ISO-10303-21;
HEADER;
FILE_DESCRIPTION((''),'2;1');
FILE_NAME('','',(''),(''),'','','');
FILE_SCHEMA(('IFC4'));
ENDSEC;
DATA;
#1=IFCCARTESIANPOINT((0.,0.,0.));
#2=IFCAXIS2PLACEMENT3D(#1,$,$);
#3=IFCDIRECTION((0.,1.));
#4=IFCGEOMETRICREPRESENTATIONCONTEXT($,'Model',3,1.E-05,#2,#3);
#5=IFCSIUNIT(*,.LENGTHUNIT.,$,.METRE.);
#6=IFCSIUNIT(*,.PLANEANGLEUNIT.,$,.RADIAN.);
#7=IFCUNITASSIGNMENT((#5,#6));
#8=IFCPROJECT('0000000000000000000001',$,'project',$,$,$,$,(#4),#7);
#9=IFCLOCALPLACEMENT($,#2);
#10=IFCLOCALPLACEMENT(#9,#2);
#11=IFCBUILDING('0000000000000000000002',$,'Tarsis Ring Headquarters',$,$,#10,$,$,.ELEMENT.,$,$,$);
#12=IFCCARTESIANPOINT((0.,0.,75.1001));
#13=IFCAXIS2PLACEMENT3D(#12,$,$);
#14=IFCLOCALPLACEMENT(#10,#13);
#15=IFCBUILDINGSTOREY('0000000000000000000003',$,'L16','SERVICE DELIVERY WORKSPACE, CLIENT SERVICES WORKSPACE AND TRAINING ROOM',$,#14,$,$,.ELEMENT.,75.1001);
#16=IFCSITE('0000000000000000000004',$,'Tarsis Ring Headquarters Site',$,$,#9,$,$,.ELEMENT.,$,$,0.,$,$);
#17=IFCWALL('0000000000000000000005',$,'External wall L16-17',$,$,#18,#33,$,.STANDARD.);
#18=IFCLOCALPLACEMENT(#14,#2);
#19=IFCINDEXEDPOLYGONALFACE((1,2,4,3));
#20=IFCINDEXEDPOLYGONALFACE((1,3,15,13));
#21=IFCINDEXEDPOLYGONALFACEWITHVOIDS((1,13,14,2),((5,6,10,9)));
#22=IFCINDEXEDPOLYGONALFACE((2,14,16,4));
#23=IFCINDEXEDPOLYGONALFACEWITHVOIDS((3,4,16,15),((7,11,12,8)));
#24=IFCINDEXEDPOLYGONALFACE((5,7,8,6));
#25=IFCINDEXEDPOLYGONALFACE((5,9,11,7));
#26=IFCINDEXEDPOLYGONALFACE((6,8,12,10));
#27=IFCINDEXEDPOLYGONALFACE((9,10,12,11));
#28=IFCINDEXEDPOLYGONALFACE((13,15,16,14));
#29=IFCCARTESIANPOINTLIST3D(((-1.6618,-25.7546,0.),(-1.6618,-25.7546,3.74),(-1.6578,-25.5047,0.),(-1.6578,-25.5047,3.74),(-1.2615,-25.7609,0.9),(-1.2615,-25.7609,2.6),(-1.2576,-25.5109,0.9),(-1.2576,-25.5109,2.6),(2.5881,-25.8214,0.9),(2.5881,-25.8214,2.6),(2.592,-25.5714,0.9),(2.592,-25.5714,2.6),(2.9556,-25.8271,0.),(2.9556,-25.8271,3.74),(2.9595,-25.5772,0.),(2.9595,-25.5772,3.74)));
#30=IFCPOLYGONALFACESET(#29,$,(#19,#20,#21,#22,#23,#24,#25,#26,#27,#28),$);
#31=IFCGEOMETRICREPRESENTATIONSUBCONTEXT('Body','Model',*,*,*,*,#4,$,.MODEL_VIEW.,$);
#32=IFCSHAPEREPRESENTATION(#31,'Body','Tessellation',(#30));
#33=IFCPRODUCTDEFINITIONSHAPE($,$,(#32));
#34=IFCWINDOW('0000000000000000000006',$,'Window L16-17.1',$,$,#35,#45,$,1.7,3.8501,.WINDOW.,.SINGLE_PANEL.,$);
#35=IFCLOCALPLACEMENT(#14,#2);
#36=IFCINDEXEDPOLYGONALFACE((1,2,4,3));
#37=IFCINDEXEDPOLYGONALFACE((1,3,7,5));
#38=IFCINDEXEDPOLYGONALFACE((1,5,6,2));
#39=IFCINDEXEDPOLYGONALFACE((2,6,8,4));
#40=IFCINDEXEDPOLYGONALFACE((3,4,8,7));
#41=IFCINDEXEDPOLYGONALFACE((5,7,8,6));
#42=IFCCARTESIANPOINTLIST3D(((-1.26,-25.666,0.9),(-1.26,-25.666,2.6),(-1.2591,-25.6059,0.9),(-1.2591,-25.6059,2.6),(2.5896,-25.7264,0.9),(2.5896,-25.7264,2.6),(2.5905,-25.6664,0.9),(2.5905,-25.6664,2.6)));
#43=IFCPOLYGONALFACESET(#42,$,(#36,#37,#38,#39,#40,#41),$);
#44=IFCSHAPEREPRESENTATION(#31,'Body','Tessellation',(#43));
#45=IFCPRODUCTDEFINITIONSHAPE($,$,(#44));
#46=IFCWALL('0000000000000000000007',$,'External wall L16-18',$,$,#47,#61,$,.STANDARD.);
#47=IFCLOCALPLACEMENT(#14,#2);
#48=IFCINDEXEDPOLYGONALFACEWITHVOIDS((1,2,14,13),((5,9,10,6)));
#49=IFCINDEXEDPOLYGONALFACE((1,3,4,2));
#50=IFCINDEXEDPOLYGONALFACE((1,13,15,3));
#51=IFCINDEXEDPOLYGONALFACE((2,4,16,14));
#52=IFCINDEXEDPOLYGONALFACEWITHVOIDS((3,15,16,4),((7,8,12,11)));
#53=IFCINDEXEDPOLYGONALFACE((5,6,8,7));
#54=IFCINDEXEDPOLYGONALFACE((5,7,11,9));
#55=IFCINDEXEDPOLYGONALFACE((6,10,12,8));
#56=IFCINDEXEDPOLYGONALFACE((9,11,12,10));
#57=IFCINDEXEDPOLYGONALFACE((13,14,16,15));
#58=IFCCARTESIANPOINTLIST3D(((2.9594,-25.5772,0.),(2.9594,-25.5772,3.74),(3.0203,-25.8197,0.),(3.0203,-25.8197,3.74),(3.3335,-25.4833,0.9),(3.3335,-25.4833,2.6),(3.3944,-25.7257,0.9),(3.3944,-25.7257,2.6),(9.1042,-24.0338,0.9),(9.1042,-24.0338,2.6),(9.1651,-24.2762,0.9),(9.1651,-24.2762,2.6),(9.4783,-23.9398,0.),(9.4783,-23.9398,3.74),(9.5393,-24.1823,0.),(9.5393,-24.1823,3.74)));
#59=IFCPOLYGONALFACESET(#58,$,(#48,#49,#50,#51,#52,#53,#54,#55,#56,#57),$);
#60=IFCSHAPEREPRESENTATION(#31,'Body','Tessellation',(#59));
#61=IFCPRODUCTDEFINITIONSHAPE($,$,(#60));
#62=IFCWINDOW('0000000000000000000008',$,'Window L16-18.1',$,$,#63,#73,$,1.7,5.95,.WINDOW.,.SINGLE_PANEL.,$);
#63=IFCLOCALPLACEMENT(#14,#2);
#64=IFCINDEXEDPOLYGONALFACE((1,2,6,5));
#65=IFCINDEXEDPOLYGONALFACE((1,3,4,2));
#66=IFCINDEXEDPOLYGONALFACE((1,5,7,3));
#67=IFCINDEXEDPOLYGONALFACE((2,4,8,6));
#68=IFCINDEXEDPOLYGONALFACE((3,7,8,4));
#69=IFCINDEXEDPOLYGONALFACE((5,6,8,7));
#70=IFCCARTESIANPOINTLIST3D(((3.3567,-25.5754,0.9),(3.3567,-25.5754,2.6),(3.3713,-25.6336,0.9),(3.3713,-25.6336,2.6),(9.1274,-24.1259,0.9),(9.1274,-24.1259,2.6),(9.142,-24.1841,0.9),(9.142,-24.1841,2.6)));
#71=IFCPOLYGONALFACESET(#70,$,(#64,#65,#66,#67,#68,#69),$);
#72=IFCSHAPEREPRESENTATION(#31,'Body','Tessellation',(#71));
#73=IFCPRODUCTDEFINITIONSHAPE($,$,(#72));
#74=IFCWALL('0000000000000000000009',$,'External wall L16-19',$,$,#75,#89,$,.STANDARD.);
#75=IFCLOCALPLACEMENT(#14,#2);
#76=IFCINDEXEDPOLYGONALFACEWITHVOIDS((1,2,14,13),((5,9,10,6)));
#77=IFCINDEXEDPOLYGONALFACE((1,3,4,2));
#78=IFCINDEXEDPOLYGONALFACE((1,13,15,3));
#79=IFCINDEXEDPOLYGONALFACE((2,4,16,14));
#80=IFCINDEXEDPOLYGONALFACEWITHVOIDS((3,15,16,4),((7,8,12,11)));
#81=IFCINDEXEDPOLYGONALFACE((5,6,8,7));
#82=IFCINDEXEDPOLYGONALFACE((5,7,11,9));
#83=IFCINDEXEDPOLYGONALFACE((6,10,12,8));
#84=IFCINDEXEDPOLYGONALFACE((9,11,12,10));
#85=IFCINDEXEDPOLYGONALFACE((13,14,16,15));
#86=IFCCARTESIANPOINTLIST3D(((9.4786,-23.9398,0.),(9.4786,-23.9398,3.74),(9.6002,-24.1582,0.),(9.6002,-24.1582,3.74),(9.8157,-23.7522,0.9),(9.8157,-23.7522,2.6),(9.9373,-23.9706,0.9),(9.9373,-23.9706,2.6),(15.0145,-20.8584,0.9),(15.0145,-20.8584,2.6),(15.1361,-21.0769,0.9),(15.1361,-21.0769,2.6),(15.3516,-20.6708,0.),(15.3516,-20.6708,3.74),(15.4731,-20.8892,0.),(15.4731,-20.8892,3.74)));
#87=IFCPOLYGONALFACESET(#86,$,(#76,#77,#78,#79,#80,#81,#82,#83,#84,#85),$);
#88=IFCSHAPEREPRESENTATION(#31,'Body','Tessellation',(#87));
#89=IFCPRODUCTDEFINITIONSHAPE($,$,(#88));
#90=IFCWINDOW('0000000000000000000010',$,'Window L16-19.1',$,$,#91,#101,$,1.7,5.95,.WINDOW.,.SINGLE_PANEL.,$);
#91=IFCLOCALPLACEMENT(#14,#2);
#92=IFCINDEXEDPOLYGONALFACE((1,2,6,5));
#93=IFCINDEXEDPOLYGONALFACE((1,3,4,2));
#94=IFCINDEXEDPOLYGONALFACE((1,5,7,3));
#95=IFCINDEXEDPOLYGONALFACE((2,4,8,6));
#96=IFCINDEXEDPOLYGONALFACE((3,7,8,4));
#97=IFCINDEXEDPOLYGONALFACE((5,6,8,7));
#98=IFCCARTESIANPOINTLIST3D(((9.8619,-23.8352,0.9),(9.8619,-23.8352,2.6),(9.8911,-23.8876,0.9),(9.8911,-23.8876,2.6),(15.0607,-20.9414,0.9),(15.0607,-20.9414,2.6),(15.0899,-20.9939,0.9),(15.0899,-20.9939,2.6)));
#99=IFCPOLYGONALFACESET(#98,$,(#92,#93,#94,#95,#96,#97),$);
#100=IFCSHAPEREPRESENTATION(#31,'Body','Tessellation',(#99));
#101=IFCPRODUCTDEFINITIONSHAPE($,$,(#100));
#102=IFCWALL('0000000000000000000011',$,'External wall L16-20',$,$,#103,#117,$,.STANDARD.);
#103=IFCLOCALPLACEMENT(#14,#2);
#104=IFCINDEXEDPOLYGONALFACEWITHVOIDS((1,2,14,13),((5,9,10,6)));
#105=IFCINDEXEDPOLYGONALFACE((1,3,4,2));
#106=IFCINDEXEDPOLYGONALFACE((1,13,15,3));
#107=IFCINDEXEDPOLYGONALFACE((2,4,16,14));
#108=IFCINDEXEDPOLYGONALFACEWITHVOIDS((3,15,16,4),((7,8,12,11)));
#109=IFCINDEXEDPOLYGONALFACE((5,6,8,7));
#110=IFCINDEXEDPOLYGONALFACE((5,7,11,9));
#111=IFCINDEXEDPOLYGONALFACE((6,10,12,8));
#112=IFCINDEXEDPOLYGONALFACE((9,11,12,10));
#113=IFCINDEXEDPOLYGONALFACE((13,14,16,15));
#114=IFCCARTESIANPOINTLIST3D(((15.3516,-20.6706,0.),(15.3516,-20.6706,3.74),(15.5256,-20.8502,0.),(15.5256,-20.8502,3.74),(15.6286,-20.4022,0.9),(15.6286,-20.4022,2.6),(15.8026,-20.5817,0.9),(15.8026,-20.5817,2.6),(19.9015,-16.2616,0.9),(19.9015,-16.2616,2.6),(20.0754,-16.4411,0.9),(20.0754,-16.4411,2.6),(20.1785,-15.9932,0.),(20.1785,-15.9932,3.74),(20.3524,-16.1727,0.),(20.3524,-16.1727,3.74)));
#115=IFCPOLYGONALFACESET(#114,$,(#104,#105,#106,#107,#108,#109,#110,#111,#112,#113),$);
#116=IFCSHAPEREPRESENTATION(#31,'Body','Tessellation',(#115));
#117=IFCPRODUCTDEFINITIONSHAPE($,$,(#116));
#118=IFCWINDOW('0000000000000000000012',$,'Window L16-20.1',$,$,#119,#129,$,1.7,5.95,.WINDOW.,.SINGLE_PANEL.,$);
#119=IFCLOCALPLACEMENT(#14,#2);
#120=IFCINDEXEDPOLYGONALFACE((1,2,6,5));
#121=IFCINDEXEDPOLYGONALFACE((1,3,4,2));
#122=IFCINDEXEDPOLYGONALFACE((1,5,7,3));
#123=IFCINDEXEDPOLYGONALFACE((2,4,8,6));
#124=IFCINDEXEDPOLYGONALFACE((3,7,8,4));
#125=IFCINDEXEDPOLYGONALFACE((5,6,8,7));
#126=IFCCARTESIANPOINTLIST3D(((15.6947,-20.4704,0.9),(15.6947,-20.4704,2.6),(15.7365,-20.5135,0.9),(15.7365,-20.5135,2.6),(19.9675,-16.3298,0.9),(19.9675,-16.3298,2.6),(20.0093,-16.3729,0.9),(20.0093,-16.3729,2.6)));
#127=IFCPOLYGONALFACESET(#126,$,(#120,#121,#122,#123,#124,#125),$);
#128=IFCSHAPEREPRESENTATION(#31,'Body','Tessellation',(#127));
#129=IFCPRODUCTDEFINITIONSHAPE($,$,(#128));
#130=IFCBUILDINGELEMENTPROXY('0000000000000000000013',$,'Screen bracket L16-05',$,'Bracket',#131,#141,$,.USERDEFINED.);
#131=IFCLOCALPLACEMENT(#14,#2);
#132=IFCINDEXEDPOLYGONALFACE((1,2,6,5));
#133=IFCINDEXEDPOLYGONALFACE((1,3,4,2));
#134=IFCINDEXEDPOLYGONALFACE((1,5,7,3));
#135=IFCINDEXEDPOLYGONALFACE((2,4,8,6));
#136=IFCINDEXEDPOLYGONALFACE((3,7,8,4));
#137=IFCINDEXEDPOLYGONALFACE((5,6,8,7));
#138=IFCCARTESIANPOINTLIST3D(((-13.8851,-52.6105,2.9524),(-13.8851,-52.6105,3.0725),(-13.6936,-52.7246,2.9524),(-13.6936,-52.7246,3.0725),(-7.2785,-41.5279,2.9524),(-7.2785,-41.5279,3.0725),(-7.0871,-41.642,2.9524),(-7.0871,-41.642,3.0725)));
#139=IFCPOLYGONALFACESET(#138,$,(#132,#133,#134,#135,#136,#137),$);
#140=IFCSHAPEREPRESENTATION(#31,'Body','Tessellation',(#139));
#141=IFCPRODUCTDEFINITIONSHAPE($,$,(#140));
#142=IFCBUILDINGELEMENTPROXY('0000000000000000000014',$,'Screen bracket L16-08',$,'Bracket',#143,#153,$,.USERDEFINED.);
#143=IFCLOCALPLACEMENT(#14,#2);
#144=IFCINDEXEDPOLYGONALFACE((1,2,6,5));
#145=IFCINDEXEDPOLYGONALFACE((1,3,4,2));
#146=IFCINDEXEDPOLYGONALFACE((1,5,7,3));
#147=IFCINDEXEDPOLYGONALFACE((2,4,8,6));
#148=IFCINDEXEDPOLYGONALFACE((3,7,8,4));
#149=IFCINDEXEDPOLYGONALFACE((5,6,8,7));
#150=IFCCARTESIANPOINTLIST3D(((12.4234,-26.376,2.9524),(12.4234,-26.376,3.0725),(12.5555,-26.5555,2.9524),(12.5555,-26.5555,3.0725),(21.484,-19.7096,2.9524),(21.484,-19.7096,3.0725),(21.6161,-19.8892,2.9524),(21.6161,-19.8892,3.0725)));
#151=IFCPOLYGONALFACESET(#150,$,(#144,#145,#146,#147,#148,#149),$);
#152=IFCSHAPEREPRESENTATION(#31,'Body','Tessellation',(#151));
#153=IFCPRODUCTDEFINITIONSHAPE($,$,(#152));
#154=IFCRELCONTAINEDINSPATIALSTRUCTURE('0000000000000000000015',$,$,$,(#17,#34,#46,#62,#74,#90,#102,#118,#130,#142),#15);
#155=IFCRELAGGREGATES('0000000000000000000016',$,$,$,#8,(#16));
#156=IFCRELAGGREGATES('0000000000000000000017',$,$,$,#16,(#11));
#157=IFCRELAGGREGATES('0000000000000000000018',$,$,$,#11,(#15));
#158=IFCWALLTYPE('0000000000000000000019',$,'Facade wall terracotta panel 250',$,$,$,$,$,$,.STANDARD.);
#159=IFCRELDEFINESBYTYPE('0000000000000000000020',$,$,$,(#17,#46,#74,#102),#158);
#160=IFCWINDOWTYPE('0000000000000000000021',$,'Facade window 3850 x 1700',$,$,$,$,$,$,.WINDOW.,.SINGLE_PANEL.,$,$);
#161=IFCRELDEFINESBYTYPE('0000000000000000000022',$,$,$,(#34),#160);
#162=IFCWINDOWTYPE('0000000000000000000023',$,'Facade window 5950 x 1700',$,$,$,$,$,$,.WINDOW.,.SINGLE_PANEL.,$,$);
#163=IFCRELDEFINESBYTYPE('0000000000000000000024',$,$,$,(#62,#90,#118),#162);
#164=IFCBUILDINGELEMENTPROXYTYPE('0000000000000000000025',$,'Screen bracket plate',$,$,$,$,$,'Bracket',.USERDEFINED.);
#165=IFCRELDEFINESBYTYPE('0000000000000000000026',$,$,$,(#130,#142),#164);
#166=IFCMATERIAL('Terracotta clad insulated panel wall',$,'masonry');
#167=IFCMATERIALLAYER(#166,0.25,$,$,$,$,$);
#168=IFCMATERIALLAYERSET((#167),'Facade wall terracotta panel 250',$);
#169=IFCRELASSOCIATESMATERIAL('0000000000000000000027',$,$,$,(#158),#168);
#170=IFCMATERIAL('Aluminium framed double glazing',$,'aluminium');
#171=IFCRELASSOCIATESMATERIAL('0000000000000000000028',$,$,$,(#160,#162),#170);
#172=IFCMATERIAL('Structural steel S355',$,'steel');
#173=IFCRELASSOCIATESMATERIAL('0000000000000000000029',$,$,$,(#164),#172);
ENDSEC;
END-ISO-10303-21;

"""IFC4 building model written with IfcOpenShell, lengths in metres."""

from ifc_helpers import new_model, si_unit, direction, frame, frame_2d, origin, origin_2d, place, context, subcontext, project, spatial, rectangle, extrude, material, layer, layer_set, type_object, element, fill, save


model = new_model("IFC4")

# Units and contexts
model_context = context("Model", 3, precision=1e-05, world=origin(), true_north=direction((0.0, 1.0)))
body_context = subcontext(model_context, "Body", "Model", "MODEL_VIEW")
ifc_project = project(units=[si_unit("LENGTHUNIT", "METRE"), si_unit("PLANEANGLEUNIT", "RADIAN")], contexts=[model_context])

# Site, building, storey
site_placement = place(None, origin())
site = spatial("IfcSite", under=ifc_project, at=site_placement, Name="Tarsis Ring Headquarters Site", CompositionType="ELEMENT", RefElevation=0.0)
building_placement = place(site_placement, origin())
building = spatial("IfcBuilding", under=site, at=building_placement, Name="Tarsis Ring Headquarters", CompositionType="ELEMENT")
storey_placement = place(building_placement, frame((0.0, 0.0, 75.1001)))
storey = spatial("IfcBuildingStorey", under=building, at=storey_placement, Name="L16", Description="SERVICE DELIVERY WORKSPACE, CLIENT SERVICES WORKSPACE AND TRAINING ROOM", CompositionType="ELEMENT", Elevation=75.1001)

# Shared definitions
ifc_material_1 = material(Name="Structural steel S355", Category="steel")

# Walls, openings, windows
ifc_material_2 = material(Name="Terracotta clad insulated panel wall", Category="masonry")
ifc_layer_1 = layer(ifc_material_2, 0.25)
ifc_layer_set_1 = layer_set([ifc_layer_1], Name="Facade wall terracotta panel 250")
wall_type_1 = type_object("IfcWallType", Name="Facade wall terracotta panel 250", PredefinedType="STANDARD", material=ifc_layer_set_1)
wall_1_placement = place(storey_placement, frame((-1.6599, -25.6296, 0.0), z_axis=(0.0, 0.0, 1.0), x_axis=(0.999877, -0.015702, 0.0)))
wall_1 = element("IfcWall", 1, at=wall_1_placement, inside=storey, type_object=wall_type_1, Name="External wall L16-17", PredefinedType="STANDARD", context=body_context, shape_type="SweptSolid", body=[
    extrude(rectangle(XDim=4.6179, YDim=0.25, at=frame_2d((2.3091, 0.0))), origin(), (0.0, 0.0, 1.0), 3.74),
])
opening_1_placement = place(wall_1_placement, frame((0.4004, 0.0, 0.8999)))
opening_1 = element("IfcOpeningElement", 2, at=opening_1_placement, cuts=wall_1, PredefinedType="OPENING", context=body_context, shape_type="SweptSolid", body=[
    extrude(rectangle(XDim=3.8501, YDim=1.7, at=frame_2d((1.925, 0.8501))), frame((0.0, 0.135, 0.0), z_axis=(0.0, -1.0, 0.0), x_axis=(1.0, 0.0, 0.0)), (0.0, 0.0, 1.0), 0.27),
])
ifc_material_3 = material(Name="Aluminium framed double glazing", Category="aluminium")
window_type_1 = type_object("IfcWindowType", Name="Facade window 3850 x 1700", PartitioningType="SINGLE_PANEL", PredefinedType="WINDOW", material=ifc_material_3)
window_1_placement = place(opening_1_placement, origin())
window_1 = element("IfcWindow", 3, at=window_1_placement, inside=storey, type_object=window_type_1, Name="Window L16-17.1", OverallHeight=1.7, OverallWidth=3.8501, PartitioningType="SINGLE_PANEL", PredefinedType="WINDOW", context=body_context, shape_type="SweptSolid", body=[
    extrude(rectangle(XDim=3.8501, YDim=1.7, at=frame_2d((1.925, 0.8501))), frame((0.0, 0.03, 0.0), z_axis=(0.0, -1.0, 0.0), x_axis=(1.0, 0.0, 0.0)), (0.0, 0.0, 1.0), 0.0601),
])
fill(opening_1, window_1)
wall_2_placement = place(storey_placement, frame((2.9897, -25.6985, 0.0), z_axis=(0.0, 0.0, 1.0), x_axis=(0.969873, 0.243612, 0.0)))
wall_2 = element("IfcWall", 4, at=wall_2_placement, inside=storey, type_object=wall_type_1, Name="External wall L16-18", PredefinedType="STANDARD", context=body_context, shape_type="SweptSolid", body=[
    extrude(rectangle(XDim=6.7214, YDim=0.25, at=frame_2d((3.3608, 0.0))), origin(), (0.0, 0.0, 1.0), 3.74),
])
opening_2_placement = place(wall_2_placement, frame((0.3857, 0.0, 0.8999)))
opening_2 = element("IfcOpeningElement", 5, at=opening_2_placement, cuts=wall_2, PredefinedType="OPENING", context=body_context, shape_type="SweptSolid", body=[
    extrude(rectangle(XDim=5.95, YDim=1.7, at=frame_2d((2.9751, 0.8501))), frame((0.0, 0.135, 0.0), z_axis=(0.0, -1.0, 0.0), x_axis=(1.0, 0.0, 0.0)), (0.0, 0.0, 1.0), 0.27),
])
window_type_2 = type_object("IfcWindowType", Name="Facade window 5950 x 1700", PartitioningType="SINGLE_PANEL", PredefinedType="WINDOW", material=ifc_material_3)
window_2_placement = place(opening_2_placement, origin())
window_2 = element("IfcWindow", 6, at=window_2_placement, inside=storey, type_object=window_type_2, Name="Window L16-18.1", OverallHeight=1.7, OverallWidth=5.95, PartitioningType="SINGLE_PANEL", PredefinedType="WINDOW", context=body_context, shape_type="SweptSolid", body=[
    extrude(rectangle(XDim=5.95, YDim=1.7, at=frame_2d((2.9751, 0.8501))), frame((0.0, 0.03, 0.0), z_axis=(0.0, -1.0, 0.0), x_axis=(1.0, 0.0, 0.0)), (0.0, 0.0, 1.0), 0.0601),
])
fill(opening_2, window_2)
wall_3_placement = place(storey_placement, frame((9.5393, -24.0491, 0.0), z_axis=(0.0, 0.0, 1.0), x_axis=(0.873763, 0.486352, 0.0)))
wall_3 = element("IfcWall", 7, at=wall_3_placement, inside=storey, type_object=wall_type_1, Name="External wall L16-19", PredefinedType="STANDARD", context=body_context, shape_type="SweptSolid", body=[
    extrude(rectangle(XDim=6.7214, YDim=0.25, at=frame_2d((3.3608, 0.0))), origin(), (0.0, 0.0, 1.0), 3.74),
])
opening_3_placement = place(wall_3_placement, frame((0.3857, 0.0, 0.8999)))
opening_3 = element("IfcOpeningElement", 8, at=opening_3_placement, cuts=wall_3, PredefinedType="OPENING", context=body_context, shape_type="SweptSolid", body=[
    extrude(rectangle(XDim=5.95, YDim=1.7, at=frame_2d((2.9751, 0.8501))), frame((0.0, 0.135, 0.0), z_axis=(0.0, -1.0, 0.0), x_axis=(1.0, 0.0, 0.0)), (0.0, 0.0, 1.0), 0.27),
])
window_3_placement = place(opening_3_placement, origin())
window_3 = element("IfcWindow", 9, at=window_3_placement, inside=storey, type_object=window_type_2, Name="Window L16-19.1", OverallHeight=1.7, OverallWidth=5.95, PartitioningType="SINGLE_PANEL", PredefinedType="WINDOW", context=body_context, shape_type="SweptSolid", body=[
    extrude(rectangle(XDim=5.95, YDim=1.7, at=frame_2d((2.9751, 0.8501))), frame((0.0, 0.03, 0.0), z_axis=(0.0, -1.0, 0.0), x_axis=(1.0, 0.0, 0.0)), (0.0, 0.0, 1.0), 0.0601),
])
fill(opening_3, window_3)
wall_4_placement = place(storey_placement, frame((15.4385, -20.7605, 0.0), z_axis=(0.0, 0.0, 1.0), x_axis=(0.718134, 0.695905, 0.0)))
wall_4 = element("IfcWall", 10, at=wall_4_placement, inside=storey, type_object=wall_type_1, Name="External wall L16-20", PredefinedType="STANDARD", context=body_context, shape_type="SweptSolid", body=[
    extrude(rectangle(XDim=6.7214, YDim=0.25, at=frame_2d((3.3608, 0.0))), origin(), (0.0, 0.0, 1.0), 3.74),
])
opening_4_placement = place(wall_4_placement, frame((0.3857, 0.0, 0.8999)))
opening_4 = element("IfcOpeningElement", 11, at=opening_4_placement, cuts=wall_4, PredefinedType="OPENING", context=body_context, shape_type="SweptSolid", body=[
    extrude(rectangle(XDim=5.95, YDim=1.7, at=frame_2d((2.9751, 0.8501))), frame((0.0, 0.135, 0.0), z_axis=(0.0, -1.0, 0.0), x_axis=(1.0, 0.0, 0.0)), (0.0, 0.0, 1.0), 0.27),
])
window_4_placement = place(opening_4_placement, origin())
window_4 = element("IfcWindow", 12, at=window_4_placement, inside=storey, type_object=window_type_2, Name="Window L16-20.1", OverallHeight=1.7, OverallWidth=5.95, PartitioningType="SINGLE_PANEL", PredefinedType="WINDOW", context=body_context, shape_type="SweptSolid", body=[
    extrude(rectangle(XDim=5.95, YDim=1.7, at=frame_2d((2.9751, 0.8501))), frame((0.0, 0.03, 0.0), z_axis=(0.0, -1.0, 0.0), x_axis=(1.0, 0.0, 0.0)), (0.0, 0.0, 1.0), 0.0601),
])
fill(opening_4, window_4)

# Building element proxies
building_element_proxy_type = type_object("IfcBuildingElementProxyType", Name="Screen bracket plate", ElementType="Bracket", PredefinedType="USERDEFINED", material=ifc_material_1)
proxy_1_placement = place(storey_placement, frame((-10.4861, -47.1262, 2.9524), z_axis=(0.0, 0.0, 1.0), x_axis=(0.512043, 0.85896, 0.0)))
element("IfcBuildingElementProxy", 13, at=proxy_1_placement, inside=storey, type_object=building_element_proxy_type, Name="Screen bracket L16-05", ObjectType="Bracket", PredefinedType="USERDEFINED", context=body_context, shape_type="SweptSolid", body=[
    extrude(rectangle(XDim=12.9023, YDim=0.2229, at=origin_2d()), origin(), (0.0, 0.0, 1.0), 0.1201),
])
proxy_2_placement = place(storey_placement, frame((17.0198, -23.1326, 2.9524), z_axis=(0.0, 0.0, 1.0), x_axis=(0.805476, 0.592629, 0.0)))
element("IfcBuildingElementProxy", 14, at=proxy_2_placement, inside=storey, type_object=building_element_proxy_type, Name="Screen bracket L16-08", ObjectType="Bracket", PredefinedType="USERDEFINED", context=body_context, shape_type="SweptSolid", body=[
    extrude(rectangle(XDim=11.2488, YDim=0.2229, at=origin_2d()), origin(), (0.0, 0.0, 1.0), 0.1201),
])

save(model, "model.ifc")
